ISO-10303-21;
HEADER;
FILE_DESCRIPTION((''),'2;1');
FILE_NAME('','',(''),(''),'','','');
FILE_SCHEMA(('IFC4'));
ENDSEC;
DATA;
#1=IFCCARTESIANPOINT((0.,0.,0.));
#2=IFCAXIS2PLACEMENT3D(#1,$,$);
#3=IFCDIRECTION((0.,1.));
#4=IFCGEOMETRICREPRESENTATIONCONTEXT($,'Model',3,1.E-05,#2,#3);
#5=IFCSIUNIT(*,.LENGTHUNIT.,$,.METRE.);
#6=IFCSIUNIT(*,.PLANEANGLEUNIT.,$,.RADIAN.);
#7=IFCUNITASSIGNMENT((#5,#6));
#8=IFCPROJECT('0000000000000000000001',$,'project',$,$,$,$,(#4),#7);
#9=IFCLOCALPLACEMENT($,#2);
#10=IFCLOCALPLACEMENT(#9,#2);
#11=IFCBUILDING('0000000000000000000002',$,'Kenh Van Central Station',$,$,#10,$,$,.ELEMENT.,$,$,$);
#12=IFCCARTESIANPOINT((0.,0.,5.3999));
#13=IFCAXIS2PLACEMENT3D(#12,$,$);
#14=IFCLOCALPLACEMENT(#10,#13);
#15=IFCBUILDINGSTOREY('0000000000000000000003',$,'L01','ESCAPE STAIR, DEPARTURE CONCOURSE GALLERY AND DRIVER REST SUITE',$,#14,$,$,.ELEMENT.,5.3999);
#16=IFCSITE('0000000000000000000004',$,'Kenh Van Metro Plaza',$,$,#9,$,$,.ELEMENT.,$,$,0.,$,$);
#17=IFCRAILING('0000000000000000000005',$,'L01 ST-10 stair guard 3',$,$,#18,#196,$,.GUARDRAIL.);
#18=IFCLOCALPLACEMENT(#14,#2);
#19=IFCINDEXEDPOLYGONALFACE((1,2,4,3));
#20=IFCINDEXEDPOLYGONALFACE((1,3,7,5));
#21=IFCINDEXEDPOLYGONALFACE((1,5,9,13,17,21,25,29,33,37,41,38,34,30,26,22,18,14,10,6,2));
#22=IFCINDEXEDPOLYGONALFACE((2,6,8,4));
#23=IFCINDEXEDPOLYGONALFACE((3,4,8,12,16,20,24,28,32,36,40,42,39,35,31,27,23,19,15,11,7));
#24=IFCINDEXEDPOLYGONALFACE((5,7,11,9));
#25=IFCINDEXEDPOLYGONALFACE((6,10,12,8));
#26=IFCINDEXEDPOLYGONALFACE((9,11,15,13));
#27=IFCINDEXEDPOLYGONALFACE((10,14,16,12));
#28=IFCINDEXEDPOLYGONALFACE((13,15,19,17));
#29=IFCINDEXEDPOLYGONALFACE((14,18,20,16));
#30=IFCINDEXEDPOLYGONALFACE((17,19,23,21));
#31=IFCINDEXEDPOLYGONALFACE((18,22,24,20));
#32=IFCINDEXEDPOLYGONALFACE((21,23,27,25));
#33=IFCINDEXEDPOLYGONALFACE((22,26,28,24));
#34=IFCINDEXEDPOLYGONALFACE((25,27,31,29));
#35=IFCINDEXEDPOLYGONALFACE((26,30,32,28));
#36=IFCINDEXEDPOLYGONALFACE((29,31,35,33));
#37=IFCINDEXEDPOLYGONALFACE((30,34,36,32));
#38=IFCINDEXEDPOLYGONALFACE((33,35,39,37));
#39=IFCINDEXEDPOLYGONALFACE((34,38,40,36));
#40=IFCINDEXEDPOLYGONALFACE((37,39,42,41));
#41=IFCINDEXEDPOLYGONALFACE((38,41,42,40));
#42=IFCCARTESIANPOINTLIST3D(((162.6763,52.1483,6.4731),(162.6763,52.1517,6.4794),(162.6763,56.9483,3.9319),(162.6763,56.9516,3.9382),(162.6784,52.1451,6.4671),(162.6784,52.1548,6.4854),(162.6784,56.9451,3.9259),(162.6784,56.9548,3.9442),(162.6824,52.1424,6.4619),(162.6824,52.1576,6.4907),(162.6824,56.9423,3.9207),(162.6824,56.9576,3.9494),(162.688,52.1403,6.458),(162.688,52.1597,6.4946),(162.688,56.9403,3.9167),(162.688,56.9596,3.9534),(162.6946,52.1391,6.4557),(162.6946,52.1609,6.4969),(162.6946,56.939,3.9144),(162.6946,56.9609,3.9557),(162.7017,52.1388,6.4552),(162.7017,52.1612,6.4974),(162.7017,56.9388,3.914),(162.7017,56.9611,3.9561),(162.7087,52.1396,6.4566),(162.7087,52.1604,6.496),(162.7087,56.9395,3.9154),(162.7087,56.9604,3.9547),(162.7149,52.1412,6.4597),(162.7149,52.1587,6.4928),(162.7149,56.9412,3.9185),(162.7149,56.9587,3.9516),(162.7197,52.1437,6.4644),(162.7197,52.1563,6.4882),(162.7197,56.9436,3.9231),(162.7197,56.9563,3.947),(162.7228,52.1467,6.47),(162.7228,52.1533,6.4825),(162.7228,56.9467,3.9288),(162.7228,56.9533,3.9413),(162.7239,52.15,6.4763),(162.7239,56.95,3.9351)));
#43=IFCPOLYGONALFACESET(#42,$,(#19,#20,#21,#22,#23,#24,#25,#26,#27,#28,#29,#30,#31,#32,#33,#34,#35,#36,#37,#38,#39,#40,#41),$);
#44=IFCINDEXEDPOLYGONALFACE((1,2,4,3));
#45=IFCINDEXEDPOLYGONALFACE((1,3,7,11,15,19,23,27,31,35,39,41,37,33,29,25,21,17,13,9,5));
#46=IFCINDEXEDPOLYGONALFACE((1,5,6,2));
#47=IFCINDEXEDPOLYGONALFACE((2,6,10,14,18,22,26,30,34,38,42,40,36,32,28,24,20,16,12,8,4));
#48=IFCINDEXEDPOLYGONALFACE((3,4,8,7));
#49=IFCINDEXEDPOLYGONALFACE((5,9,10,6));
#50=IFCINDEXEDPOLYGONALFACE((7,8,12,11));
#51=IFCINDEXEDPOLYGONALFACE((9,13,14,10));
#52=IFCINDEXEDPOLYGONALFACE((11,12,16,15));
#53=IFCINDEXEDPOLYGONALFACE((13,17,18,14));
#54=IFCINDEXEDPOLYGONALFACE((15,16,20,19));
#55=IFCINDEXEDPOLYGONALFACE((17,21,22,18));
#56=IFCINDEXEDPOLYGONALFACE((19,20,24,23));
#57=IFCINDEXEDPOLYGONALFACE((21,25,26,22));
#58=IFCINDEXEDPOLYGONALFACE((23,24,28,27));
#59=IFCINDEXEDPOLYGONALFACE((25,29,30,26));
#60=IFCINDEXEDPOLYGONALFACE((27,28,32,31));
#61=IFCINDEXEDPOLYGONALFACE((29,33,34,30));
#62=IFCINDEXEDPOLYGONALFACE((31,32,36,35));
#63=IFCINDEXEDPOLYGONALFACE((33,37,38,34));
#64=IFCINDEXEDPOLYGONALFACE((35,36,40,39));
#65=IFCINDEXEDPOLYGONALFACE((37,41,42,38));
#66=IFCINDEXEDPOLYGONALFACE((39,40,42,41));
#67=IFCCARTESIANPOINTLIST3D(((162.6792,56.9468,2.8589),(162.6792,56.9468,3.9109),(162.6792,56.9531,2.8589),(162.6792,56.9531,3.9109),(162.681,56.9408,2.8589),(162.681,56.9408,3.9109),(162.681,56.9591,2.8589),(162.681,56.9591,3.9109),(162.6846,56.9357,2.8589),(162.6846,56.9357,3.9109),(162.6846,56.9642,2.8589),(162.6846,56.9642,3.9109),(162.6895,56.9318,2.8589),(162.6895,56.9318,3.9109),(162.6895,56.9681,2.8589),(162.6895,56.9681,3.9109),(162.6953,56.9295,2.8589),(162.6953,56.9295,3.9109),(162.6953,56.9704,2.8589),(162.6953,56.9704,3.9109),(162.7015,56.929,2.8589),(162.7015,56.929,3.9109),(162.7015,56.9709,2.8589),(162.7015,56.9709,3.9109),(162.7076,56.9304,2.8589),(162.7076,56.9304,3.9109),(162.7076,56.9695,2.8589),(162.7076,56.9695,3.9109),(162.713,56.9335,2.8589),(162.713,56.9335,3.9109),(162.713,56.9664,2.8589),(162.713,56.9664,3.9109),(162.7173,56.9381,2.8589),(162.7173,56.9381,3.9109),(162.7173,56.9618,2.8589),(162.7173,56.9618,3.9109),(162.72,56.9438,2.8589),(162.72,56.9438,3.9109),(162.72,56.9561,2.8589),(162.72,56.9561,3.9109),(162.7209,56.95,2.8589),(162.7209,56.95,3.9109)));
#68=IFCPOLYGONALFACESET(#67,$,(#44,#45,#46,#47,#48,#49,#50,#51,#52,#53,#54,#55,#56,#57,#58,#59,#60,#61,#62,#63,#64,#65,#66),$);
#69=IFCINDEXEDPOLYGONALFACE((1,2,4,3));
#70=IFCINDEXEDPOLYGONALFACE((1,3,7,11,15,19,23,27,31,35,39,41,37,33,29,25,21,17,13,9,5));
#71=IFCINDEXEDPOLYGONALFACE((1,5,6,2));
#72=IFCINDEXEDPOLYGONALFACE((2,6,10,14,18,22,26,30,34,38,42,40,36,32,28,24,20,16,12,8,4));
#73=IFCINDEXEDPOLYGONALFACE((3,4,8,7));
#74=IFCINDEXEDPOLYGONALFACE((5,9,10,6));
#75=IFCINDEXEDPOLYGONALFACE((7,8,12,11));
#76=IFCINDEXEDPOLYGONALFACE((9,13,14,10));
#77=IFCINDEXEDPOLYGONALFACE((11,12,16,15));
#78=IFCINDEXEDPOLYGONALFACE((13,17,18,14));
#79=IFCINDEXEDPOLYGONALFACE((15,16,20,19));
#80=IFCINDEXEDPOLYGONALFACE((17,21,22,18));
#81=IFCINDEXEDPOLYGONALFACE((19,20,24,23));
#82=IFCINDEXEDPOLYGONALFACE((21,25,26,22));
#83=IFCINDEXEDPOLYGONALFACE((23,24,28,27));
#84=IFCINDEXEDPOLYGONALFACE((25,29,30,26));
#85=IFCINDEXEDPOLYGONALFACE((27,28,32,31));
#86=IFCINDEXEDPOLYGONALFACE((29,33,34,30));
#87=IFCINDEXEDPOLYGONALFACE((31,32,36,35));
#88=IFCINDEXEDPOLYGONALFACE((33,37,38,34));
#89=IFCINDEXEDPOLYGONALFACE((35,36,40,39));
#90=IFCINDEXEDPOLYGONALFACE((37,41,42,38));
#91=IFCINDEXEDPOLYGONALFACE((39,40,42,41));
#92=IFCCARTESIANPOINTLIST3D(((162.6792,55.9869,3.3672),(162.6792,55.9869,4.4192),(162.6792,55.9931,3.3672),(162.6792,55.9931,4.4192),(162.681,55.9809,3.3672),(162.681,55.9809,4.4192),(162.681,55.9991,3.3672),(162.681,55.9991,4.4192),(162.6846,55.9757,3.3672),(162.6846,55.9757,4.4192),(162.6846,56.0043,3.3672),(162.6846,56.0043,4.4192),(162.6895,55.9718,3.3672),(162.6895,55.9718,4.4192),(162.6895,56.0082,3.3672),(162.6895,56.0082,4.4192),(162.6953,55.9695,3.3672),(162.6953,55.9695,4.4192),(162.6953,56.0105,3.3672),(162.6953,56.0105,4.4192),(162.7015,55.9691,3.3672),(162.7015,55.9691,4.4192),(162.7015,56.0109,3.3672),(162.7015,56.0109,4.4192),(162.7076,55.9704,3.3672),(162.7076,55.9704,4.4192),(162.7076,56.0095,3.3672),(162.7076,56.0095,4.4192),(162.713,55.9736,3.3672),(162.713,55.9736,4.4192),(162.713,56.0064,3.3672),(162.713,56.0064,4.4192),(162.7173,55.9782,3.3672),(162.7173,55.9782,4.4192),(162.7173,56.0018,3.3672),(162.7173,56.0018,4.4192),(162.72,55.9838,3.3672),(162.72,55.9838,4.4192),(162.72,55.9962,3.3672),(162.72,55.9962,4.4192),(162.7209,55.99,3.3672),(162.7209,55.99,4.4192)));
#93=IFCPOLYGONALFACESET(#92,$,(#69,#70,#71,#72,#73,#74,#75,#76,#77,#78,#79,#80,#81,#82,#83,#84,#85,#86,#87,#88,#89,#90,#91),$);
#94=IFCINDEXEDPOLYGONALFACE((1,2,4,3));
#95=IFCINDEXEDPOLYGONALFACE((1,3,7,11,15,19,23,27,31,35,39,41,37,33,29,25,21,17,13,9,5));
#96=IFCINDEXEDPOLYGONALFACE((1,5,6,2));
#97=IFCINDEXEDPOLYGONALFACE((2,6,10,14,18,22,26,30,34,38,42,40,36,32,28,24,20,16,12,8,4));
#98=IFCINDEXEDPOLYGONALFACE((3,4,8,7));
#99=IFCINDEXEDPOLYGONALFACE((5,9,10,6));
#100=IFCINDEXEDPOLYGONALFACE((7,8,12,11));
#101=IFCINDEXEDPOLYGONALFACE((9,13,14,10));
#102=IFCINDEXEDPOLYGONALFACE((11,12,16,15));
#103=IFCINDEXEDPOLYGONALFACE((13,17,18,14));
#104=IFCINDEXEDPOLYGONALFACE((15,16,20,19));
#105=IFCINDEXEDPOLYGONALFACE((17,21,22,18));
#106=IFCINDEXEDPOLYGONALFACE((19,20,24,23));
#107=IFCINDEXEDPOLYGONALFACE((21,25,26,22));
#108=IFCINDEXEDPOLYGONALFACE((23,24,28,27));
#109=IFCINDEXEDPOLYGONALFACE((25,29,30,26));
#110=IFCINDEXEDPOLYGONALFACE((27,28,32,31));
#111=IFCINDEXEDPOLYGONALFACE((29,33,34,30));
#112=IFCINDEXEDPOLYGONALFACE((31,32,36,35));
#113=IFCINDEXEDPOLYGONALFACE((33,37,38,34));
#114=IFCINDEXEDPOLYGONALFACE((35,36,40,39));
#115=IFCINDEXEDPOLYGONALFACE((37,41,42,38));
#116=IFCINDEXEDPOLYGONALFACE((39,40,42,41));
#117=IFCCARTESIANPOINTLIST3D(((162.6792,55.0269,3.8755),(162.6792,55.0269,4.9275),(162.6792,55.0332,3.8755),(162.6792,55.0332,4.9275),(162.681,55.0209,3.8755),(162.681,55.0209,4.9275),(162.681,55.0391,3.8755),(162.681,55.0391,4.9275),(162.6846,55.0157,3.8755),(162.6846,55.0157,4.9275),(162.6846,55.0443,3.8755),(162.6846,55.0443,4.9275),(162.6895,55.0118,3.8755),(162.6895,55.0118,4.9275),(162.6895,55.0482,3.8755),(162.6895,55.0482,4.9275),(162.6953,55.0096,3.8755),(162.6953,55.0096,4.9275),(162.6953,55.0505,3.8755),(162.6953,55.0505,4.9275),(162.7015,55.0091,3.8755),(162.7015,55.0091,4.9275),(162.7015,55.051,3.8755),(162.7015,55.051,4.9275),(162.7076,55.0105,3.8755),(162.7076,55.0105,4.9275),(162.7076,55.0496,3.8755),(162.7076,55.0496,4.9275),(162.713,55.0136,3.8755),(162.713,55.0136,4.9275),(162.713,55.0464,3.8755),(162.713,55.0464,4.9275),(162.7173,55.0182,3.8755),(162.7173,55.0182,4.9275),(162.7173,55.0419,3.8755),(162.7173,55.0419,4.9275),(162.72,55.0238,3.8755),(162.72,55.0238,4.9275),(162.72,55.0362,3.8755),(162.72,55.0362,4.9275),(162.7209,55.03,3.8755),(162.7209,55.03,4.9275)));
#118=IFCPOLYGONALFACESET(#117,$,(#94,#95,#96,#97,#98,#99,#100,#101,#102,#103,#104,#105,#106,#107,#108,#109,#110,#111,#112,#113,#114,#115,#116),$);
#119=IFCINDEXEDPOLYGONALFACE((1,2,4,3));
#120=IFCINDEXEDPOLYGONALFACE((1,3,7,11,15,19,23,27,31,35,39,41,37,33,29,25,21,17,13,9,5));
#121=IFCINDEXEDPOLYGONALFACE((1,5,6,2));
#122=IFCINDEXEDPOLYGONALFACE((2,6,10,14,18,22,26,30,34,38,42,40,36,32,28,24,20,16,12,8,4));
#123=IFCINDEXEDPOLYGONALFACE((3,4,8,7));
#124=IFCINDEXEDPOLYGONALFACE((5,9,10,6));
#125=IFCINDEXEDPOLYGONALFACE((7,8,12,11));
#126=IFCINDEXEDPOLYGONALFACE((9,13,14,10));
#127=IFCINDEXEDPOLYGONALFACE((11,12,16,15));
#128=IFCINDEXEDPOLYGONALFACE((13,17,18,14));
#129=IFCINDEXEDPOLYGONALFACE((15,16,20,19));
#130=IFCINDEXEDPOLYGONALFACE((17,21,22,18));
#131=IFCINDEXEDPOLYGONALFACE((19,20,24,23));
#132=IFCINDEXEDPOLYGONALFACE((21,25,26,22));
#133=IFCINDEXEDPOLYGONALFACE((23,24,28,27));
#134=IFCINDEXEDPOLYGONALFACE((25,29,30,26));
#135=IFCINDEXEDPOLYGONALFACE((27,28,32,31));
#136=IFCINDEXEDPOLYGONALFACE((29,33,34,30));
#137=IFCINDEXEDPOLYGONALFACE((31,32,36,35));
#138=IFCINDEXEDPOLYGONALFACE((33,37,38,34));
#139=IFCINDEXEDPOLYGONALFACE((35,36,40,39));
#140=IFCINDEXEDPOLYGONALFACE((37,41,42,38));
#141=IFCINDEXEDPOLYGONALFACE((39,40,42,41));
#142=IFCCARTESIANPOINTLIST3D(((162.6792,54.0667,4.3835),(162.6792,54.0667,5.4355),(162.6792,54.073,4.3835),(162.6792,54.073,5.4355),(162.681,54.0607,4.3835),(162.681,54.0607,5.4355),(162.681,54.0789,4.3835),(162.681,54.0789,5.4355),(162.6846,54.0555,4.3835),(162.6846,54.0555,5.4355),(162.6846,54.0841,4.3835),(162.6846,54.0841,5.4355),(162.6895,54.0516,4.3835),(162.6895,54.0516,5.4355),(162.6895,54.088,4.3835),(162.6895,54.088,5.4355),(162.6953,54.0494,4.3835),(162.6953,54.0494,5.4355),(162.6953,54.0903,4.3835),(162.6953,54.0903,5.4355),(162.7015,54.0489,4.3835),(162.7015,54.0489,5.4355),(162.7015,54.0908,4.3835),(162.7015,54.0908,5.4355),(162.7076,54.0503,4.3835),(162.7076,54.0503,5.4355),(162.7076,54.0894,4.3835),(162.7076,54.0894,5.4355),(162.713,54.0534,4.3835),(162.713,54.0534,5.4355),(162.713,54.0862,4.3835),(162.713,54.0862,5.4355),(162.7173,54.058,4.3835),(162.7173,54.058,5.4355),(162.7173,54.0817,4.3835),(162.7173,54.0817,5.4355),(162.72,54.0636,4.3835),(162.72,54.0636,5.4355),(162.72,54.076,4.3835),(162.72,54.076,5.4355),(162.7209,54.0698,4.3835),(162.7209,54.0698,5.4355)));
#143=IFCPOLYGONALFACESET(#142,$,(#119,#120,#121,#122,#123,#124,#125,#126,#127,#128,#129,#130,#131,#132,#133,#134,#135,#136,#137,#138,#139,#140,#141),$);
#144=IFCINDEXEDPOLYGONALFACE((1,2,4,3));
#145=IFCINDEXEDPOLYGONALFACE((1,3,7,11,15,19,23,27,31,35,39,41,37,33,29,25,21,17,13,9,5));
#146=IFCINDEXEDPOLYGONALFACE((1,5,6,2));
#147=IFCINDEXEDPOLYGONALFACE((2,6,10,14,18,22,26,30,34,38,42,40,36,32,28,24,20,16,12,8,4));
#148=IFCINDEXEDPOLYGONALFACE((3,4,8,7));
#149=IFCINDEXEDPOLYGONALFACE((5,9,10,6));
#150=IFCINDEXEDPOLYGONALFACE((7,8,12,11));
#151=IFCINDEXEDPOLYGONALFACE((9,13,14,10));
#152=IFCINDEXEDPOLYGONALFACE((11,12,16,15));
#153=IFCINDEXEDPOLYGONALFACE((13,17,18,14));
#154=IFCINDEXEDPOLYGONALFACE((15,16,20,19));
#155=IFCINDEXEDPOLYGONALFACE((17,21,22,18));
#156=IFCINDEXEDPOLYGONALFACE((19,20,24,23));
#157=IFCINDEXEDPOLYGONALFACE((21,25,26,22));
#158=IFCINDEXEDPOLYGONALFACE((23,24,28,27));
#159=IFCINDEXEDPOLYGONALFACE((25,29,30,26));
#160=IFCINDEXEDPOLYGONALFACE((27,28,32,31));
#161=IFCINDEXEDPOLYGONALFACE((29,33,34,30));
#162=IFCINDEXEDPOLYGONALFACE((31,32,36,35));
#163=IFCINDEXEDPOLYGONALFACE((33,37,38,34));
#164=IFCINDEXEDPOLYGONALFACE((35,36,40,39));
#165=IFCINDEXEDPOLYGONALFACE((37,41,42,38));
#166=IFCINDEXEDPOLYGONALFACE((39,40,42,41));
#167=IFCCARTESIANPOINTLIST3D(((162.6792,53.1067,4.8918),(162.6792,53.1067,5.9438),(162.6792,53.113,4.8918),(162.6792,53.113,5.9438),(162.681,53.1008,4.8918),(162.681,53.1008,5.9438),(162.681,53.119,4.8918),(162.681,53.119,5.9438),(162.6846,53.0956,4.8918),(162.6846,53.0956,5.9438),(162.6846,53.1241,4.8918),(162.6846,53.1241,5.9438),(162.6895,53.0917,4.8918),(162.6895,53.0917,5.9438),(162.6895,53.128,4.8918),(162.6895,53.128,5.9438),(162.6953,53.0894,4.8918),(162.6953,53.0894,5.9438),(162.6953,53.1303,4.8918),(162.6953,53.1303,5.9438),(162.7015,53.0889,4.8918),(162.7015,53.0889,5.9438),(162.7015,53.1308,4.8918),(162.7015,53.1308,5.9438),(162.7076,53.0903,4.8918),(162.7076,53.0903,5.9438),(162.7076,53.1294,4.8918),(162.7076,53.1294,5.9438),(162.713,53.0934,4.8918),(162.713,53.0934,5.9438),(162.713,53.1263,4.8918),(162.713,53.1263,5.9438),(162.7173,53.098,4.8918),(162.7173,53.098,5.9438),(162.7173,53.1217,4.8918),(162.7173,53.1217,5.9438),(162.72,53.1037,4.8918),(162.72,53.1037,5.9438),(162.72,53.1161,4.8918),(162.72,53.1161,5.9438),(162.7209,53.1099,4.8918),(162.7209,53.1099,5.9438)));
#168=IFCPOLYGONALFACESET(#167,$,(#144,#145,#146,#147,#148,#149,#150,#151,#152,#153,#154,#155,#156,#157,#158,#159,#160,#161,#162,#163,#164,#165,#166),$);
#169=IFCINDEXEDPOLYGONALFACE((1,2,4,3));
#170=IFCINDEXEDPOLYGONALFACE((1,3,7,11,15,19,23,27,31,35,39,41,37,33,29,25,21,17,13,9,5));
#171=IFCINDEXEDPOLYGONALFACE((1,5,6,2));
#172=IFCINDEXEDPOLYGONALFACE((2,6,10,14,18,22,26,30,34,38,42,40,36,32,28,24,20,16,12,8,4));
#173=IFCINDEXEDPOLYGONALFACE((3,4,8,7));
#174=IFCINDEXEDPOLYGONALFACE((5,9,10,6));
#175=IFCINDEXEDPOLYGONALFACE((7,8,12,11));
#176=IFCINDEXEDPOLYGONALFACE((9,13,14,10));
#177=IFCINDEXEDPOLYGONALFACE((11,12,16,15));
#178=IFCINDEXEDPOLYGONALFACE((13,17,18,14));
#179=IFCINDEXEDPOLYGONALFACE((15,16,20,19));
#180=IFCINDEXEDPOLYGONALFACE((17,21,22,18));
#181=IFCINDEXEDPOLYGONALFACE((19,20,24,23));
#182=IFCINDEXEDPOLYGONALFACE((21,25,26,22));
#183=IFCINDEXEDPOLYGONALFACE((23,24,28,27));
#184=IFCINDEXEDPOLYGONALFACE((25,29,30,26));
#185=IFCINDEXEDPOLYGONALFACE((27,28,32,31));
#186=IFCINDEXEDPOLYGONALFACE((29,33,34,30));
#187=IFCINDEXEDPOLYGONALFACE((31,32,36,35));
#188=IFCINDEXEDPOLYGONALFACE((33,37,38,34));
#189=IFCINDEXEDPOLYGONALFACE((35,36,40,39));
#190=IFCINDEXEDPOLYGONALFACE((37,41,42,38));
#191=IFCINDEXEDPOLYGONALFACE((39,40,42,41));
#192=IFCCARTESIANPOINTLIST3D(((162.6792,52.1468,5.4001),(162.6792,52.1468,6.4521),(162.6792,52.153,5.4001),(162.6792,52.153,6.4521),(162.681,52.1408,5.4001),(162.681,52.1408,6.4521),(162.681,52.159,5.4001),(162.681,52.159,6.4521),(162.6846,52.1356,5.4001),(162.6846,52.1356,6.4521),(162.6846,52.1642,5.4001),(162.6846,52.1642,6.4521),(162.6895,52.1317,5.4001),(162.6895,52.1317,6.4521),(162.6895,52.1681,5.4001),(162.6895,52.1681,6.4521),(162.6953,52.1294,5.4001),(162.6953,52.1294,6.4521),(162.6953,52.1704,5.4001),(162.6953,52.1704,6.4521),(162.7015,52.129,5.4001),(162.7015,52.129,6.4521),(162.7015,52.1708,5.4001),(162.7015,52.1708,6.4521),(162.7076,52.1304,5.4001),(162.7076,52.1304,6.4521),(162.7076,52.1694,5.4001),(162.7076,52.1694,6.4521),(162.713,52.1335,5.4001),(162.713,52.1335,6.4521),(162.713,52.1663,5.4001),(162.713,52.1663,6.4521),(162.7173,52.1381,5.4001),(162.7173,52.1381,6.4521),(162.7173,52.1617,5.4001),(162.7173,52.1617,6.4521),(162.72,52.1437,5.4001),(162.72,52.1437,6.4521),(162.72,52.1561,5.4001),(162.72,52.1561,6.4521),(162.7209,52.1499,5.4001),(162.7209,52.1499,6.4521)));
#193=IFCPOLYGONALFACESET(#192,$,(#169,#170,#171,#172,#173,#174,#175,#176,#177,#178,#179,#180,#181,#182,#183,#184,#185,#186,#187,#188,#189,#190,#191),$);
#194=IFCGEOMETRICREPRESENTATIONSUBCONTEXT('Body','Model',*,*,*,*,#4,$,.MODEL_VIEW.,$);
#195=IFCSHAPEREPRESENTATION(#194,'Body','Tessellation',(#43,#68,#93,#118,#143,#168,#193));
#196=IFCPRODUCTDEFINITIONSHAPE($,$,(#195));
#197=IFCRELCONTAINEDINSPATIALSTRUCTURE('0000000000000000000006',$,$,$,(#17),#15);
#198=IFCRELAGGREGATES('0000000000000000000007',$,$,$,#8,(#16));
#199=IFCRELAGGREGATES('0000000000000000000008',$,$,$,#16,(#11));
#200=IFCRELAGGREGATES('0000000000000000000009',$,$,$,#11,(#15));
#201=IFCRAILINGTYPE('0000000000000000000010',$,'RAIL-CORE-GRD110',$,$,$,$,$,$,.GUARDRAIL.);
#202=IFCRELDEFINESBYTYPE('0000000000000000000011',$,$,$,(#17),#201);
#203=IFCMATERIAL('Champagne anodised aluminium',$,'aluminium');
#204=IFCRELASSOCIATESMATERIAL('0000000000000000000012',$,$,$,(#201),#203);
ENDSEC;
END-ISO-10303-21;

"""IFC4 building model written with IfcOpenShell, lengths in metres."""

from ifc_helpers import new_model, si_unit, direction, frame, origin, origin_2d, place, context, subcontext, project, spatial, circle, extrude, material, type_object, element, save


model = new_model("IFC4")

# Units and contexts
model_context = context("Model", 3, precision=1e-05, world=origin(), true_north=direction((0.0, 1.0)))
body_context = subcontext(model_context, "Body", "Model", "MODEL_VIEW")
ifc_project = project(units=[si_unit("LENGTHUNIT", "METRE"), si_unit("PLANEANGLEUNIT", "RADIAN")], contexts=[model_context])

# Site, building, storey
site_placement = place(None, origin())
site = spatial("IfcSite", under=ifc_project, at=site_placement, Name="Kenh Van Metro Plaza", CompositionType="ELEMENT", RefElevation=0.0)
building_placement = place(site_placement, origin())
building = spatial("IfcBuilding", under=site, at=building_placement, Name="Kenh Van Central Station", CompositionType="ELEMENT")
storey_placement = place(building_placement, frame((0.0, 0.0, 5.3999)))
storey = spatial("IfcBuildingStorey", under=building, at=storey_placement, Name="L01", Description="ESCAPE STAIR, DEPARTURE CONCOURSE GALLERY AND DRIVER REST SUITE", CompositionType="ELEMENT", Elevation=5.3999)

# Shared definitions
ifc_material_1 = material(Name="Champagne anodised aluminium", Category="aluminium")

# Railing
railing_type_1 = type_object("IfcRailingType", Name="RAIL-CORE-GRD110", PredefinedType="GUARDRAIL", material=ifc_material_1)
railing_1_placement = place(storey_placement, frame((162.7, 56.95, 2.8589)))
element("IfcRailing", 1, at=railing_1_placement, inside=storey, type_object=railing_type_1, Name="L01 ST-10 stair guard 3", PredefinedType="GUARDRAIL", context=body_context, shape_type="SweptSolid", body=[
    extrude(circle(Radius=0.0239, at=origin_2d()), frame((0.0, 0.0, 1.0762), z_axis=(0.0, -0.883784, 0.467896), x_axis=(1.0, 0.0, 0.0)), (0.0, 0.0, 1.0), 5.4312),
    extrude(circle(Radius=0.021, at=origin_2d()), origin(), (0.0, 0.0, 1.0), 1.052),
    extrude(circle(Radius=0.021, at=origin_2d()), frame((0.0, -0.96, 0.5083)), (0.0, 0.0, 1.0), 1.052),
    extrude(circle(Radius=0.021, at=origin_2d()), frame((0.0, -1.9199, 1.0166)), (0.0, 0.0, 1.0), 1.052),
    extrude(circle(Radius=0.021, at=origin_2d()), frame((0.0, -2.8801, 1.5247)), (0.0, 0.0, 1.0), 1.052),
    extrude(circle(Radius=0.021, at=origin_2d()), frame((0.0, -3.8401, 2.033)), (0.0, 0.0, 1.0), 1.052),
    extrude(circle(Radius=0.021, at=origin_2d()), frame((0.0, -4.8, 2.5413)), (0.0, 0.0, 1.0), 1.052),
])

save(model, "model.ifc")
